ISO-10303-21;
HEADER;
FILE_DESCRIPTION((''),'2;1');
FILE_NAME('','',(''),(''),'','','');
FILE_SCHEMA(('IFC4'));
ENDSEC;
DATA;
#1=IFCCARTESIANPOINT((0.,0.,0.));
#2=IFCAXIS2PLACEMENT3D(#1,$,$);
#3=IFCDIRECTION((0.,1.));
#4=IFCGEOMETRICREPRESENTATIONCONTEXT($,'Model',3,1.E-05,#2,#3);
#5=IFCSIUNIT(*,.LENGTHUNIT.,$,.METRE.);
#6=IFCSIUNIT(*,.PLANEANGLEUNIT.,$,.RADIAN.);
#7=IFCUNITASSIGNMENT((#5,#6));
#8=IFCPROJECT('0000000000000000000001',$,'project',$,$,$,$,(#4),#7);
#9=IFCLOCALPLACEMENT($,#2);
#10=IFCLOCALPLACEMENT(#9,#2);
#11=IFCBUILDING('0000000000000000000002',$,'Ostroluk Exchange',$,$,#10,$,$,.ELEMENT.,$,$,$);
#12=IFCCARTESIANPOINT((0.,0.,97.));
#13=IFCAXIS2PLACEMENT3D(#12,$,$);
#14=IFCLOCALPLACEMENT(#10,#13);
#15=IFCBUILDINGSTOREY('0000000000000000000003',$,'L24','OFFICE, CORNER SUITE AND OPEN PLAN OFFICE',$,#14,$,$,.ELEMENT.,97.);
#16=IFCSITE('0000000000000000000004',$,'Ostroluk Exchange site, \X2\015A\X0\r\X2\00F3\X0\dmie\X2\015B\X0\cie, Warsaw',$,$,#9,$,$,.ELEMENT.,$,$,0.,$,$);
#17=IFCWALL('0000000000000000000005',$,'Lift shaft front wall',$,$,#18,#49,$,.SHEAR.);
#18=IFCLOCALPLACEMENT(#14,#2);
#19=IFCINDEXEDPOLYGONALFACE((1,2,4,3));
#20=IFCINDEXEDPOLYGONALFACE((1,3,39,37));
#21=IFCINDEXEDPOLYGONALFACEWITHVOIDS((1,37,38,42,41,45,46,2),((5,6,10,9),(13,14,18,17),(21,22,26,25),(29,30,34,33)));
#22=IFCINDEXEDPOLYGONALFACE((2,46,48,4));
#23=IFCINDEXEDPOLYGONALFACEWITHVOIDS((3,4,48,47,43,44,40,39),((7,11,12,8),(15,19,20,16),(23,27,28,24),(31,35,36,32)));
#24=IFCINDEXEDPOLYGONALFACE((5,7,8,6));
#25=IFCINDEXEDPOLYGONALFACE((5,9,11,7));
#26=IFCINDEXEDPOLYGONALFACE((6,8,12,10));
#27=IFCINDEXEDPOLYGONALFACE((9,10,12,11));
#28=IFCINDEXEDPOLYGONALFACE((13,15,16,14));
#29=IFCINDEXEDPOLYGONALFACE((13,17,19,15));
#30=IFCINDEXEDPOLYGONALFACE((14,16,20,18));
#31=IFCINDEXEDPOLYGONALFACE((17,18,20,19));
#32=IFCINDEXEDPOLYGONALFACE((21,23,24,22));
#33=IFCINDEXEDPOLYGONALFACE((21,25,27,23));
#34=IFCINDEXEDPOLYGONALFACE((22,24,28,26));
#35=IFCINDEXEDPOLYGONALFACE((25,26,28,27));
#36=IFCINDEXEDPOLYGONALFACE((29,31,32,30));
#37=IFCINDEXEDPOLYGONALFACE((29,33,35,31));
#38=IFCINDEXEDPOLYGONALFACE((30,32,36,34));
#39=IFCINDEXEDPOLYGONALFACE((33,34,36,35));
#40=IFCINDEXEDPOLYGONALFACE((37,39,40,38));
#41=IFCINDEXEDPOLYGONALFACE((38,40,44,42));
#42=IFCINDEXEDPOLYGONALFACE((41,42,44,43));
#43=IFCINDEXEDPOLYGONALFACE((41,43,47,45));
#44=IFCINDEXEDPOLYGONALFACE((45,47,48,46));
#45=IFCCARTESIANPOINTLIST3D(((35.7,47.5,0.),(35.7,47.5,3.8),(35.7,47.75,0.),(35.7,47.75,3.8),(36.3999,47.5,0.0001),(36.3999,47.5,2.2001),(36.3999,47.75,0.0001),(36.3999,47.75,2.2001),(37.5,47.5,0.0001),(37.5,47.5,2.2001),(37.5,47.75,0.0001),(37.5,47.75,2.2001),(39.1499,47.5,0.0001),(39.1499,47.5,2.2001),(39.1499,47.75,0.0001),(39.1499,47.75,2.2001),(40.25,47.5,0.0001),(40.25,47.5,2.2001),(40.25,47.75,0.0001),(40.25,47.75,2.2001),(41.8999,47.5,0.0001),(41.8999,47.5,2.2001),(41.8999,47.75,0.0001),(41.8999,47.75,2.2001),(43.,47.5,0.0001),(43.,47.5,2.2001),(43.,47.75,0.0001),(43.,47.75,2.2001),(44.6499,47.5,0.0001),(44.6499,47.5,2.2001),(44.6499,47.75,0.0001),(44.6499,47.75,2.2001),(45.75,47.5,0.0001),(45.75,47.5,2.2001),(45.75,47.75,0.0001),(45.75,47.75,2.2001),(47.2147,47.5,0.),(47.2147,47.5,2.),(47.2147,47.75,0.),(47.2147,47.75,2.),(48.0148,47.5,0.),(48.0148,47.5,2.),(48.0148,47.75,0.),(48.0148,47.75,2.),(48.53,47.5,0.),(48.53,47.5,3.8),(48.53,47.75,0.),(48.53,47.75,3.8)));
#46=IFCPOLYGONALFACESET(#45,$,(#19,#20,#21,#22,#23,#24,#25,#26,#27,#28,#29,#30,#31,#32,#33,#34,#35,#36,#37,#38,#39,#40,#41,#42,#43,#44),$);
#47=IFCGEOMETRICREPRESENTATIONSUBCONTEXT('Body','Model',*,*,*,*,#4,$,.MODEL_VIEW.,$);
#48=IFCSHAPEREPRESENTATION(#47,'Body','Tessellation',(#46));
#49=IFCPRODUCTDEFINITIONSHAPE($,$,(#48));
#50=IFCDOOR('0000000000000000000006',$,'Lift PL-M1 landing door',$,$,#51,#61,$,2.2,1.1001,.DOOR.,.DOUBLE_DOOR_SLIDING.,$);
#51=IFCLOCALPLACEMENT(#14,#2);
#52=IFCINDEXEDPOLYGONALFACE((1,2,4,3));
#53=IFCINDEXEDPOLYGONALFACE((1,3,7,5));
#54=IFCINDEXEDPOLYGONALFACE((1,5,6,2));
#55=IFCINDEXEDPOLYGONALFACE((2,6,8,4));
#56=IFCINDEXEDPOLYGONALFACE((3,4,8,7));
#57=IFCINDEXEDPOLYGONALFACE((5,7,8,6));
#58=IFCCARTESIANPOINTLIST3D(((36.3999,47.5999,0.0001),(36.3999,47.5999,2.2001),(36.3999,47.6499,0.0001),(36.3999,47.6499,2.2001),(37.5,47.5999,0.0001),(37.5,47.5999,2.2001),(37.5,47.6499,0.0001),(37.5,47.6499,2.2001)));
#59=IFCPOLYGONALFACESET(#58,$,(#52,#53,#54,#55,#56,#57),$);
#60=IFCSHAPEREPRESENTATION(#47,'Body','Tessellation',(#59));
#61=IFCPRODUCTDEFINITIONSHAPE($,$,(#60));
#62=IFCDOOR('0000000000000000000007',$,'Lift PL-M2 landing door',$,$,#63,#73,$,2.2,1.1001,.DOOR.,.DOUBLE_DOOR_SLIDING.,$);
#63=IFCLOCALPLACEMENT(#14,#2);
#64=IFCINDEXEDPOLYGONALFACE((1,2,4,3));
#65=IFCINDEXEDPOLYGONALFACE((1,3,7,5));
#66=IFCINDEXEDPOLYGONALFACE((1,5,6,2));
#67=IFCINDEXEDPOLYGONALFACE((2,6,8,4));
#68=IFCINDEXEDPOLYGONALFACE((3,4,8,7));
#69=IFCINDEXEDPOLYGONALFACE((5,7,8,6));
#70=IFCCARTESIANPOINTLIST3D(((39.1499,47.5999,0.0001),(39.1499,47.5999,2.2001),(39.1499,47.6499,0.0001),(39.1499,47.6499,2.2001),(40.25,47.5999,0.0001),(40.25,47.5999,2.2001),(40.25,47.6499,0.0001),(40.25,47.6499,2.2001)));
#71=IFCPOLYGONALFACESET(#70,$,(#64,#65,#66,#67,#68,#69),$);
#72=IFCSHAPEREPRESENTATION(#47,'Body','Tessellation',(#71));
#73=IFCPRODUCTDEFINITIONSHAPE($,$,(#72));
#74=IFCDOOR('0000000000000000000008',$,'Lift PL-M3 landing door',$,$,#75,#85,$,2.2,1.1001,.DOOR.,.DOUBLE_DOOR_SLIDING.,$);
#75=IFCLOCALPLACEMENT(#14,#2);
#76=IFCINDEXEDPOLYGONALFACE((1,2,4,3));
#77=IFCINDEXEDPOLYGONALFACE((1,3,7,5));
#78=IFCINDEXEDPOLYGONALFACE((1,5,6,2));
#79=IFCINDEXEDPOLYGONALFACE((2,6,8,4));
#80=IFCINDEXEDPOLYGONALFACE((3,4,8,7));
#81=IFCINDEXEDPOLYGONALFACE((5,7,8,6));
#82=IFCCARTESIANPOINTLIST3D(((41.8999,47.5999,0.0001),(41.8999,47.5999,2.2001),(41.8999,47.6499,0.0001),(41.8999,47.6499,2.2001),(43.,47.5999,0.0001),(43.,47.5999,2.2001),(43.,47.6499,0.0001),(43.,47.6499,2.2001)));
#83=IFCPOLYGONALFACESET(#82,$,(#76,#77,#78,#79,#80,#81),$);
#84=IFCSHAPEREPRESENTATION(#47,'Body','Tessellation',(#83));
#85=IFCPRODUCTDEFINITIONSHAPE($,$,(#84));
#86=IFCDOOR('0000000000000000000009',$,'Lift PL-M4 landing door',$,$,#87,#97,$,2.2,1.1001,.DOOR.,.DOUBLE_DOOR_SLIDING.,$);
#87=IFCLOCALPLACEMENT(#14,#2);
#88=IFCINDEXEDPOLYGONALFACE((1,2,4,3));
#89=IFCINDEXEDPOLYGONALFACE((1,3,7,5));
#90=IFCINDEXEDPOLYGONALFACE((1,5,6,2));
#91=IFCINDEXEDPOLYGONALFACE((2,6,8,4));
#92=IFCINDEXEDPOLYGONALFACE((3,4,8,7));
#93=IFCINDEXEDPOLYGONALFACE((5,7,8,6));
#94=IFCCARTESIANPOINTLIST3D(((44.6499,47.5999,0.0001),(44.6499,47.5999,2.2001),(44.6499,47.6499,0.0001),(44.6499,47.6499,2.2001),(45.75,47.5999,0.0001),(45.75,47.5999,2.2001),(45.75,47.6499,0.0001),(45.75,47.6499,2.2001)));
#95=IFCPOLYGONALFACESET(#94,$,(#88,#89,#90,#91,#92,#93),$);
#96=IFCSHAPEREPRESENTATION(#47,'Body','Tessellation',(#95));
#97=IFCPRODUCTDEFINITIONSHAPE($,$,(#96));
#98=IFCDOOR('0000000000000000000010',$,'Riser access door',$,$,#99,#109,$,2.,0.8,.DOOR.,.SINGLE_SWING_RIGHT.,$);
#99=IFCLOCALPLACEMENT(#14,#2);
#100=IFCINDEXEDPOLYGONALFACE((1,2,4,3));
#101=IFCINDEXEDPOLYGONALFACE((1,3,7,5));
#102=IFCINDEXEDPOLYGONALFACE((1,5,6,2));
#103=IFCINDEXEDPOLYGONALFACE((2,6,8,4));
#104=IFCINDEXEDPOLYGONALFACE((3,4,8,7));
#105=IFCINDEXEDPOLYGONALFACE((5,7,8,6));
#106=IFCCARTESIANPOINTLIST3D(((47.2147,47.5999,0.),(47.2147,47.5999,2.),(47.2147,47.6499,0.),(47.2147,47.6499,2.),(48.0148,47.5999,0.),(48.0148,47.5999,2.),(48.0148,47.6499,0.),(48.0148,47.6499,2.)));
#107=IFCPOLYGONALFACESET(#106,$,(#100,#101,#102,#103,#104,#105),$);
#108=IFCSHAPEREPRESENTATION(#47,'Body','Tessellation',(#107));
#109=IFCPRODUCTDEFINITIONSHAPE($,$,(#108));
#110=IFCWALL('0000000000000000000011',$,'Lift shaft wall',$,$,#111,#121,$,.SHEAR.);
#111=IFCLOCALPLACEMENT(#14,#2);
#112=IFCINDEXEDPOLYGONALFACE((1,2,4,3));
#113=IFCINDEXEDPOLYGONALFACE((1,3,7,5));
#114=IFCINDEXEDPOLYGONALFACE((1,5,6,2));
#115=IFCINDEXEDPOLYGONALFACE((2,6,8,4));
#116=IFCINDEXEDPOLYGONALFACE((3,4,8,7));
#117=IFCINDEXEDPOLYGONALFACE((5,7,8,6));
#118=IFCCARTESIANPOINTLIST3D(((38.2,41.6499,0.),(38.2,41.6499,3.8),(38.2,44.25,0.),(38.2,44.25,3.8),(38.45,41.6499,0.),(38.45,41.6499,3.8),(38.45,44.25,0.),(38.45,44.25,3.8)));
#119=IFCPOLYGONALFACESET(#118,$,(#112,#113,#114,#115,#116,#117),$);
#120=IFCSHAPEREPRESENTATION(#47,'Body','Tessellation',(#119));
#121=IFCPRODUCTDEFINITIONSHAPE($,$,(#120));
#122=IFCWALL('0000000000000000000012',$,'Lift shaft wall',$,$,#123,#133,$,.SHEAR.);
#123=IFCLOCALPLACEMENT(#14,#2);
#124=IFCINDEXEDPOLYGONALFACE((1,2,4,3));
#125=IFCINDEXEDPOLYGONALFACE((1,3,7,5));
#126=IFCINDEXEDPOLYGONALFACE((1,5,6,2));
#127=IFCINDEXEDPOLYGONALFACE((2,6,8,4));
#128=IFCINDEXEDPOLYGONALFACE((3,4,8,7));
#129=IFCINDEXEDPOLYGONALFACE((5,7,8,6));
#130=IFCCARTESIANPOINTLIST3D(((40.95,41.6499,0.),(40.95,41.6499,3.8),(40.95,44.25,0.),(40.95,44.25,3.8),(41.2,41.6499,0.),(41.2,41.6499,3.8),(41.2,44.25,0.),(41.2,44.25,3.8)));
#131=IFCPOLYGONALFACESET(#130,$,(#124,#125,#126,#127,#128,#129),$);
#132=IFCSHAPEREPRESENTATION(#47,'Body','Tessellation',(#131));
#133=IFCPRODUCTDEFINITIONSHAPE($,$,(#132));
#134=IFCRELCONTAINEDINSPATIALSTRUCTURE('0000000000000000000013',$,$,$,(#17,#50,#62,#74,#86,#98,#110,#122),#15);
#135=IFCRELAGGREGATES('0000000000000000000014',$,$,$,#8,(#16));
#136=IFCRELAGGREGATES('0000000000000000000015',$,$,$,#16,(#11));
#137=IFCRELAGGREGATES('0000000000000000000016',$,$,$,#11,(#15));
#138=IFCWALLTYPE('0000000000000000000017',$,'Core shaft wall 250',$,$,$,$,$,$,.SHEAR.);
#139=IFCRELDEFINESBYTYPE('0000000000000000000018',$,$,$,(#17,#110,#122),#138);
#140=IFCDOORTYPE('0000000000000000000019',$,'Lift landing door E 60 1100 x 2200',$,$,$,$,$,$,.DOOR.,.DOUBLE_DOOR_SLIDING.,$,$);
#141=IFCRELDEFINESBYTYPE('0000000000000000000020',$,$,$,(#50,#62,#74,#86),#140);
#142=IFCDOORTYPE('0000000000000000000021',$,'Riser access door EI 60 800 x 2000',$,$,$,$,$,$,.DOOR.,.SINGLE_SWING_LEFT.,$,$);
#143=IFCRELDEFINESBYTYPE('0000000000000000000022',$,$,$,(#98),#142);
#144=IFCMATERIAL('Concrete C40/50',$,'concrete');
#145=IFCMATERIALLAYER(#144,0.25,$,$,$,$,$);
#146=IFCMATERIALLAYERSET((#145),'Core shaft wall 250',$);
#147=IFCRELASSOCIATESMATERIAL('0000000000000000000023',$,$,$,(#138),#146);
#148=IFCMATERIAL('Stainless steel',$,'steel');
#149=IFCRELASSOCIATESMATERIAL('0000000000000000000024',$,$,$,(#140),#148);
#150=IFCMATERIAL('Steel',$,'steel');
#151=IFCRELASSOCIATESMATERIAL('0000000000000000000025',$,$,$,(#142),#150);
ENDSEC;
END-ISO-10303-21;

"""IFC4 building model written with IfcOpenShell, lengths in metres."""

from ifc_helpers import new_model, si_unit, direction, frame, frame_2d, origin, place, context, subcontext, project, spatial, rectangle, extrude, material, layer, layer_set, type_object, element, fill, save


model = new_model("IFC4")

# Units and contexts
model_context = context("Model", 3, precision=1e-05, world=origin(), true_north=direction((0.0, 1.0)))
body_context = subcontext(model_context, "Body", "Model", "MODEL_VIEW")
ifc_project = project(units=[si_unit("LENGTHUNIT", "METRE"), si_unit("PLANEANGLEUNIT", "RADIAN")], contexts=[model_context])

# Site, building, storey
site_placement = place(None, origin())
site = spatial("IfcSite", under=ifc_project, at=site_placement, Name="Ostroluk Exchange site, Śródmieście, Warsaw", CompositionType="ELEMENT", RefElevation=0.0)
building_placement = place(site_placement, origin())
building = spatial("IfcBuilding", under=site, at=building_placement, Name="Ostroluk Exchange", CompositionType="ELEMENT")
storey_placement = place(building_placement, frame((0.0, 0.0, 97.0)))
storey = spatial("IfcBuildingStorey", under=building, at=storey_placement, Name="L24", Description="OFFICE, CORNER SUITE AND OPEN PLAN OFFICE", CompositionType="ELEMENT", Elevation=97.0)

# Shared definitions
ifc_material_1 = material(Name="Concrete C40/50", Category="concrete")
ifc_layer_1 = layer(ifc_material_1, 0.25)
ifc_layer_set_1 = layer_set([ifc_layer_1], Name="Core shaft wall 250")
wall_type_1 = type_object("IfcWallType", Name="Core shaft wall 250", PredefinedType="SHEAR", material=ifc_layer_set_1)

# Wall, openings, doors
wall_1_placement = place(storey_placement, frame((35.7, 47.625, 0.0), z_axis=(0.0, 0.0, 1.0), x_axis=(1.0, 0.0, 0.0)))
wall_1 = element("IfcWall", 1, at=wall_1_placement, inside=storey, type_object=wall_type_1, Name="Lift shaft front wall", PredefinedType="SHEAR", context=body_context, shape_type="SweptSolid", body=[
    extrude(rectangle(XDim=12.8301, YDim=0.25, at=frame_2d((6.415, 0.0))), origin(), (0.0, 0.0, 1.0), 3.8),
])
opening_1_placement = place(wall_1_placement, frame((0.7, 0.0, 0.0)))
opening_1 = element("IfcOpeningElement", 2, at=opening_1_placement, cuts=wall_1, PredefinedType="OPENING", context=body_context, shape_type="SweptSolid", body=[
    extrude(rectangle(XDim=1.1001, YDim=2.2, at=frame_2d((0.55, 1.1001))), frame((0.0, 0.135, 0.0), z_axis=(0.0, -1.0, 0.0), x_axis=(1.0, 0.0, 0.0)), (0.0, 0.0, 1.0), 0.27),
])
opening_2_placement = place(wall_1_placement, frame((3.45, 0.0, 0.0)))
opening_2 = element("IfcOpeningElement", 3, at=opening_2_placement, cuts=wall_1, PredefinedType="OPENING", context=body_context, shape_type="SweptSolid", body=[
    extrude(rectangle(XDim=1.1001, YDim=2.2, at=frame_2d((0.55, 1.1001))), frame((0.0, 0.135, 0.0), z_axis=(0.0, -1.0, 0.0), x_axis=(1.0, 0.0, 0.0)), (0.0, 0.0, 1.0), 0.27),
])
opening_3_placement = place(wall_1_placement, frame((6.2, 0.0, 0.0)))
opening_3 = element("IfcOpeningElement", 4, at=opening_3_placement, cuts=wall_1, PredefinedType="OPENING", context=body_context, shape_type="SweptSolid", body=[
    extrude(rectangle(XDim=1.1001, YDim=2.2, at=frame_2d((0.55, 1.1001))), frame((0.0, 0.135, 0.0), z_axis=(0.0, -1.0, 0.0), x_axis=(1.0, 0.0, 0.0)), (0.0, 0.0, 1.0), 0.27),
])
opening_4_placement = place(wall_1_placement, frame((8.95, 0.0, 0.0)))
opening_4 = element("IfcOpeningElement", 5, at=opening_4_placement, cuts=wall_1, PredefinedType="OPENING", context=body_context, shape_type="SweptSolid", body=[
    extrude(rectangle(XDim=1.1001, YDim=2.2, at=frame_2d((0.55, 1.1001))), frame((0.0, 0.135, 0.0), z_axis=(0.0, -1.0, 0.0), x_axis=(1.0, 0.0, 0.0)), (0.0, 0.0, 1.0), 0.27),
])
opening_5_placement = place(wall_1_placement, frame((11.5149, 0.0, 0.0)))
opening_5 = element("IfcOpeningElement", 6, at=opening_5_placement, cuts=wall_1, PredefinedType="OPENING", context=body_context, shape_type="SweptSolid", body=[
    extrude(rectangle(XDim=0.8, YDim=2.0, at=frame_2d((0.3999, 1.0))), frame((0.0, 0.135, 0.0), z_axis=(0.0, -1.0, 0.0), x_axis=(1.0, 0.0, 0.0)), (0.0, 0.0, 1.0), 0.27),
])
ifc_material_2 = material(Name="Stainless steel", Category="steel")
door_type_1 = type_object("IfcDoorType", Name="Lift landing door E 60 1100 x 2200", OperationType="DOUBLE_DOOR_SLIDING", PredefinedType="DOOR", material=ifc_material_2)
door_1_placement = place(opening_1_placement, origin())
door_1 = element("IfcDoor", 7, at=door_1_placement, inside=storey, type_object=door_type_1, Name="Lift PL-M1 landing door", OperationType="DOUBLE_DOOR_SLIDING", OverallHeight=2.2, OverallWidth=1.1001, PredefinedType="DOOR", context=body_context, shape_type="SweptSolid", body=[
    extrude(rectangle(XDim=1.1001, YDim=2.2, at=frame_2d((0.55, 1.1001))), frame((0.0, 0.0249, 0.0), z_axis=(0.0, -1.0, 0.0), x_axis=(1.0, 0.0, 0.0)), (0.0, 0.0, 1.0), 0.05),
])
fill(opening_1, door_1)
door_2_placement = place(opening_2_placement, origin())
door_2 = element("IfcDoor", 8, at=door_2_placement, inside=storey, type_object=door_type_1, Name="Lift PL-M2 landing door", OperationType="DOUBLE_DOOR_SLIDING", OverallHeight=2.2, OverallWidth=1.1001, PredefinedType="DOOR", context=body_context, shape_type="SweptSolid", body=[
    extrude(rectangle(XDim=1.1001, YDim=2.2, at=frame_2d((0.55, 1.1001))), frame((0.0, 0.0249, 0.0), z_axis=(0.0, -1.0, 0.0), x_axis=(1.0, 0.0, 0.0)), (0.0, 0.0, 1.0), 0.05),
])
fill(opening_2, door_2)
door_3_placement = place(opening_3_placement, origin())
door_3 = element("IfcDoor", 9, at=door_3_placement, inside=storey, type_object=door_type_1, Name="Lift PL-M3 landing door", OperationType="DOUBLE_DOOR_SLIDING", OverallHeight=2.2, OverallWidth=1.1001, PredefinedType="DOOR", context=body_context, shape_type="SweptSolid", body=[
    extrude(rectangle(XDim=1.1001, YDim=2.2, at=frame_2d((0.55, 1.1001))), frame((0.0, 0.0249, 0.0), z_axis=(0.0, -1.0, 0.0), x_axis=(1.0, 0.0, 0.0)), (0.0, 0.0, 1.0), 0.05),
])
fill(opening_3, door_3)
door_4_placement = place(opening_4_placement, origin())
door_4 = element("IfcDoor", 10, at=door_4_placement, inside=storey, type_object=door_type_1, Name="Lift PL-M4 landing door", OperationType="DOUBLE_DOOR_SLIDING", OverallHeight=2.2, OverallWidth=1.1001, PredefinedType="DOOR", context=body_context, shape_type="SweptSolid", body=[
    extrude(rectangle(XDim=1.1001, YDim=2.2, at=frame_2d((0.55, 1.1001))), frame((0.0, 0.0249, 0.0), z_axis=(0.0, -1.0, 0.0), x_axis=(1.0, 0.0, 0.0)), (0.0, 0.0, 1.0), 0.05),
])
fill(opening_4, door_4)
ifc_material_3 = material(Name="Steel", Category="steel")
door_type_2 = type_object("IfcDoorType", Name="Riser access door EI 60 800 x 2000", OperationType="SINGLE_SWING_LEFT", PredefinedType="DOOR", material=ifc_material_3)
door_5_placement = place(opening_5_placement, origin())
door_5 = element("IfcDoor", 11, at=door_5_placement, inside=storey, type_object=door_type_2, Name="Riser access door", OperationType="SINGLE_SWING_RIGHT", OverallHeight=2.0, OverallWidth=0.8, PredefinedType="DOOR", context=body_context, shape_type="SweptSolid", body=[
    extrude(rectangle(XDim=0.8, YDim=2.0, at=frame_2d((0.3999, 1.0))), frame((0.0, 0.0249, 0.0), z_axis=(0.0, -1.0, 0.0), x_axis=(1.0, 0.0, 0.0)), (0.0, 0.0, 1.0), 0.05),
])
fill(opening_5, door_5)

# Walls
for number, where, z_axis, x_axis, name in (
    (12, (38.325, 44.25, 0.0), (0.0, 0.0, 1.0), (0.0, -1.0, 0.0), "Lift shaft wall"),
    (13, (41.075, 44.25, 0.0), (0.0, 0.0, 1.0), (0.0, -1.0, 0.0), "Lift shaft wall"),
):
    element("IfcWall", number, at=place(storey_placement, frame(where, z_axis=z_axis, x_axis=x_axis)), inside=storey, type_object=wall_type_1, Name=name, PredefinedType="SHEAR", context=body_context, shape_type="SweptSolid", body=[
        extrude(rectangle(XDim=2.6001, YDim=0.25, at=frame_2d((1.3, 0.0))), origin(), (0.0, 0.0, 1.0), 3.8),
    ])

save(model, "model.ifc")
